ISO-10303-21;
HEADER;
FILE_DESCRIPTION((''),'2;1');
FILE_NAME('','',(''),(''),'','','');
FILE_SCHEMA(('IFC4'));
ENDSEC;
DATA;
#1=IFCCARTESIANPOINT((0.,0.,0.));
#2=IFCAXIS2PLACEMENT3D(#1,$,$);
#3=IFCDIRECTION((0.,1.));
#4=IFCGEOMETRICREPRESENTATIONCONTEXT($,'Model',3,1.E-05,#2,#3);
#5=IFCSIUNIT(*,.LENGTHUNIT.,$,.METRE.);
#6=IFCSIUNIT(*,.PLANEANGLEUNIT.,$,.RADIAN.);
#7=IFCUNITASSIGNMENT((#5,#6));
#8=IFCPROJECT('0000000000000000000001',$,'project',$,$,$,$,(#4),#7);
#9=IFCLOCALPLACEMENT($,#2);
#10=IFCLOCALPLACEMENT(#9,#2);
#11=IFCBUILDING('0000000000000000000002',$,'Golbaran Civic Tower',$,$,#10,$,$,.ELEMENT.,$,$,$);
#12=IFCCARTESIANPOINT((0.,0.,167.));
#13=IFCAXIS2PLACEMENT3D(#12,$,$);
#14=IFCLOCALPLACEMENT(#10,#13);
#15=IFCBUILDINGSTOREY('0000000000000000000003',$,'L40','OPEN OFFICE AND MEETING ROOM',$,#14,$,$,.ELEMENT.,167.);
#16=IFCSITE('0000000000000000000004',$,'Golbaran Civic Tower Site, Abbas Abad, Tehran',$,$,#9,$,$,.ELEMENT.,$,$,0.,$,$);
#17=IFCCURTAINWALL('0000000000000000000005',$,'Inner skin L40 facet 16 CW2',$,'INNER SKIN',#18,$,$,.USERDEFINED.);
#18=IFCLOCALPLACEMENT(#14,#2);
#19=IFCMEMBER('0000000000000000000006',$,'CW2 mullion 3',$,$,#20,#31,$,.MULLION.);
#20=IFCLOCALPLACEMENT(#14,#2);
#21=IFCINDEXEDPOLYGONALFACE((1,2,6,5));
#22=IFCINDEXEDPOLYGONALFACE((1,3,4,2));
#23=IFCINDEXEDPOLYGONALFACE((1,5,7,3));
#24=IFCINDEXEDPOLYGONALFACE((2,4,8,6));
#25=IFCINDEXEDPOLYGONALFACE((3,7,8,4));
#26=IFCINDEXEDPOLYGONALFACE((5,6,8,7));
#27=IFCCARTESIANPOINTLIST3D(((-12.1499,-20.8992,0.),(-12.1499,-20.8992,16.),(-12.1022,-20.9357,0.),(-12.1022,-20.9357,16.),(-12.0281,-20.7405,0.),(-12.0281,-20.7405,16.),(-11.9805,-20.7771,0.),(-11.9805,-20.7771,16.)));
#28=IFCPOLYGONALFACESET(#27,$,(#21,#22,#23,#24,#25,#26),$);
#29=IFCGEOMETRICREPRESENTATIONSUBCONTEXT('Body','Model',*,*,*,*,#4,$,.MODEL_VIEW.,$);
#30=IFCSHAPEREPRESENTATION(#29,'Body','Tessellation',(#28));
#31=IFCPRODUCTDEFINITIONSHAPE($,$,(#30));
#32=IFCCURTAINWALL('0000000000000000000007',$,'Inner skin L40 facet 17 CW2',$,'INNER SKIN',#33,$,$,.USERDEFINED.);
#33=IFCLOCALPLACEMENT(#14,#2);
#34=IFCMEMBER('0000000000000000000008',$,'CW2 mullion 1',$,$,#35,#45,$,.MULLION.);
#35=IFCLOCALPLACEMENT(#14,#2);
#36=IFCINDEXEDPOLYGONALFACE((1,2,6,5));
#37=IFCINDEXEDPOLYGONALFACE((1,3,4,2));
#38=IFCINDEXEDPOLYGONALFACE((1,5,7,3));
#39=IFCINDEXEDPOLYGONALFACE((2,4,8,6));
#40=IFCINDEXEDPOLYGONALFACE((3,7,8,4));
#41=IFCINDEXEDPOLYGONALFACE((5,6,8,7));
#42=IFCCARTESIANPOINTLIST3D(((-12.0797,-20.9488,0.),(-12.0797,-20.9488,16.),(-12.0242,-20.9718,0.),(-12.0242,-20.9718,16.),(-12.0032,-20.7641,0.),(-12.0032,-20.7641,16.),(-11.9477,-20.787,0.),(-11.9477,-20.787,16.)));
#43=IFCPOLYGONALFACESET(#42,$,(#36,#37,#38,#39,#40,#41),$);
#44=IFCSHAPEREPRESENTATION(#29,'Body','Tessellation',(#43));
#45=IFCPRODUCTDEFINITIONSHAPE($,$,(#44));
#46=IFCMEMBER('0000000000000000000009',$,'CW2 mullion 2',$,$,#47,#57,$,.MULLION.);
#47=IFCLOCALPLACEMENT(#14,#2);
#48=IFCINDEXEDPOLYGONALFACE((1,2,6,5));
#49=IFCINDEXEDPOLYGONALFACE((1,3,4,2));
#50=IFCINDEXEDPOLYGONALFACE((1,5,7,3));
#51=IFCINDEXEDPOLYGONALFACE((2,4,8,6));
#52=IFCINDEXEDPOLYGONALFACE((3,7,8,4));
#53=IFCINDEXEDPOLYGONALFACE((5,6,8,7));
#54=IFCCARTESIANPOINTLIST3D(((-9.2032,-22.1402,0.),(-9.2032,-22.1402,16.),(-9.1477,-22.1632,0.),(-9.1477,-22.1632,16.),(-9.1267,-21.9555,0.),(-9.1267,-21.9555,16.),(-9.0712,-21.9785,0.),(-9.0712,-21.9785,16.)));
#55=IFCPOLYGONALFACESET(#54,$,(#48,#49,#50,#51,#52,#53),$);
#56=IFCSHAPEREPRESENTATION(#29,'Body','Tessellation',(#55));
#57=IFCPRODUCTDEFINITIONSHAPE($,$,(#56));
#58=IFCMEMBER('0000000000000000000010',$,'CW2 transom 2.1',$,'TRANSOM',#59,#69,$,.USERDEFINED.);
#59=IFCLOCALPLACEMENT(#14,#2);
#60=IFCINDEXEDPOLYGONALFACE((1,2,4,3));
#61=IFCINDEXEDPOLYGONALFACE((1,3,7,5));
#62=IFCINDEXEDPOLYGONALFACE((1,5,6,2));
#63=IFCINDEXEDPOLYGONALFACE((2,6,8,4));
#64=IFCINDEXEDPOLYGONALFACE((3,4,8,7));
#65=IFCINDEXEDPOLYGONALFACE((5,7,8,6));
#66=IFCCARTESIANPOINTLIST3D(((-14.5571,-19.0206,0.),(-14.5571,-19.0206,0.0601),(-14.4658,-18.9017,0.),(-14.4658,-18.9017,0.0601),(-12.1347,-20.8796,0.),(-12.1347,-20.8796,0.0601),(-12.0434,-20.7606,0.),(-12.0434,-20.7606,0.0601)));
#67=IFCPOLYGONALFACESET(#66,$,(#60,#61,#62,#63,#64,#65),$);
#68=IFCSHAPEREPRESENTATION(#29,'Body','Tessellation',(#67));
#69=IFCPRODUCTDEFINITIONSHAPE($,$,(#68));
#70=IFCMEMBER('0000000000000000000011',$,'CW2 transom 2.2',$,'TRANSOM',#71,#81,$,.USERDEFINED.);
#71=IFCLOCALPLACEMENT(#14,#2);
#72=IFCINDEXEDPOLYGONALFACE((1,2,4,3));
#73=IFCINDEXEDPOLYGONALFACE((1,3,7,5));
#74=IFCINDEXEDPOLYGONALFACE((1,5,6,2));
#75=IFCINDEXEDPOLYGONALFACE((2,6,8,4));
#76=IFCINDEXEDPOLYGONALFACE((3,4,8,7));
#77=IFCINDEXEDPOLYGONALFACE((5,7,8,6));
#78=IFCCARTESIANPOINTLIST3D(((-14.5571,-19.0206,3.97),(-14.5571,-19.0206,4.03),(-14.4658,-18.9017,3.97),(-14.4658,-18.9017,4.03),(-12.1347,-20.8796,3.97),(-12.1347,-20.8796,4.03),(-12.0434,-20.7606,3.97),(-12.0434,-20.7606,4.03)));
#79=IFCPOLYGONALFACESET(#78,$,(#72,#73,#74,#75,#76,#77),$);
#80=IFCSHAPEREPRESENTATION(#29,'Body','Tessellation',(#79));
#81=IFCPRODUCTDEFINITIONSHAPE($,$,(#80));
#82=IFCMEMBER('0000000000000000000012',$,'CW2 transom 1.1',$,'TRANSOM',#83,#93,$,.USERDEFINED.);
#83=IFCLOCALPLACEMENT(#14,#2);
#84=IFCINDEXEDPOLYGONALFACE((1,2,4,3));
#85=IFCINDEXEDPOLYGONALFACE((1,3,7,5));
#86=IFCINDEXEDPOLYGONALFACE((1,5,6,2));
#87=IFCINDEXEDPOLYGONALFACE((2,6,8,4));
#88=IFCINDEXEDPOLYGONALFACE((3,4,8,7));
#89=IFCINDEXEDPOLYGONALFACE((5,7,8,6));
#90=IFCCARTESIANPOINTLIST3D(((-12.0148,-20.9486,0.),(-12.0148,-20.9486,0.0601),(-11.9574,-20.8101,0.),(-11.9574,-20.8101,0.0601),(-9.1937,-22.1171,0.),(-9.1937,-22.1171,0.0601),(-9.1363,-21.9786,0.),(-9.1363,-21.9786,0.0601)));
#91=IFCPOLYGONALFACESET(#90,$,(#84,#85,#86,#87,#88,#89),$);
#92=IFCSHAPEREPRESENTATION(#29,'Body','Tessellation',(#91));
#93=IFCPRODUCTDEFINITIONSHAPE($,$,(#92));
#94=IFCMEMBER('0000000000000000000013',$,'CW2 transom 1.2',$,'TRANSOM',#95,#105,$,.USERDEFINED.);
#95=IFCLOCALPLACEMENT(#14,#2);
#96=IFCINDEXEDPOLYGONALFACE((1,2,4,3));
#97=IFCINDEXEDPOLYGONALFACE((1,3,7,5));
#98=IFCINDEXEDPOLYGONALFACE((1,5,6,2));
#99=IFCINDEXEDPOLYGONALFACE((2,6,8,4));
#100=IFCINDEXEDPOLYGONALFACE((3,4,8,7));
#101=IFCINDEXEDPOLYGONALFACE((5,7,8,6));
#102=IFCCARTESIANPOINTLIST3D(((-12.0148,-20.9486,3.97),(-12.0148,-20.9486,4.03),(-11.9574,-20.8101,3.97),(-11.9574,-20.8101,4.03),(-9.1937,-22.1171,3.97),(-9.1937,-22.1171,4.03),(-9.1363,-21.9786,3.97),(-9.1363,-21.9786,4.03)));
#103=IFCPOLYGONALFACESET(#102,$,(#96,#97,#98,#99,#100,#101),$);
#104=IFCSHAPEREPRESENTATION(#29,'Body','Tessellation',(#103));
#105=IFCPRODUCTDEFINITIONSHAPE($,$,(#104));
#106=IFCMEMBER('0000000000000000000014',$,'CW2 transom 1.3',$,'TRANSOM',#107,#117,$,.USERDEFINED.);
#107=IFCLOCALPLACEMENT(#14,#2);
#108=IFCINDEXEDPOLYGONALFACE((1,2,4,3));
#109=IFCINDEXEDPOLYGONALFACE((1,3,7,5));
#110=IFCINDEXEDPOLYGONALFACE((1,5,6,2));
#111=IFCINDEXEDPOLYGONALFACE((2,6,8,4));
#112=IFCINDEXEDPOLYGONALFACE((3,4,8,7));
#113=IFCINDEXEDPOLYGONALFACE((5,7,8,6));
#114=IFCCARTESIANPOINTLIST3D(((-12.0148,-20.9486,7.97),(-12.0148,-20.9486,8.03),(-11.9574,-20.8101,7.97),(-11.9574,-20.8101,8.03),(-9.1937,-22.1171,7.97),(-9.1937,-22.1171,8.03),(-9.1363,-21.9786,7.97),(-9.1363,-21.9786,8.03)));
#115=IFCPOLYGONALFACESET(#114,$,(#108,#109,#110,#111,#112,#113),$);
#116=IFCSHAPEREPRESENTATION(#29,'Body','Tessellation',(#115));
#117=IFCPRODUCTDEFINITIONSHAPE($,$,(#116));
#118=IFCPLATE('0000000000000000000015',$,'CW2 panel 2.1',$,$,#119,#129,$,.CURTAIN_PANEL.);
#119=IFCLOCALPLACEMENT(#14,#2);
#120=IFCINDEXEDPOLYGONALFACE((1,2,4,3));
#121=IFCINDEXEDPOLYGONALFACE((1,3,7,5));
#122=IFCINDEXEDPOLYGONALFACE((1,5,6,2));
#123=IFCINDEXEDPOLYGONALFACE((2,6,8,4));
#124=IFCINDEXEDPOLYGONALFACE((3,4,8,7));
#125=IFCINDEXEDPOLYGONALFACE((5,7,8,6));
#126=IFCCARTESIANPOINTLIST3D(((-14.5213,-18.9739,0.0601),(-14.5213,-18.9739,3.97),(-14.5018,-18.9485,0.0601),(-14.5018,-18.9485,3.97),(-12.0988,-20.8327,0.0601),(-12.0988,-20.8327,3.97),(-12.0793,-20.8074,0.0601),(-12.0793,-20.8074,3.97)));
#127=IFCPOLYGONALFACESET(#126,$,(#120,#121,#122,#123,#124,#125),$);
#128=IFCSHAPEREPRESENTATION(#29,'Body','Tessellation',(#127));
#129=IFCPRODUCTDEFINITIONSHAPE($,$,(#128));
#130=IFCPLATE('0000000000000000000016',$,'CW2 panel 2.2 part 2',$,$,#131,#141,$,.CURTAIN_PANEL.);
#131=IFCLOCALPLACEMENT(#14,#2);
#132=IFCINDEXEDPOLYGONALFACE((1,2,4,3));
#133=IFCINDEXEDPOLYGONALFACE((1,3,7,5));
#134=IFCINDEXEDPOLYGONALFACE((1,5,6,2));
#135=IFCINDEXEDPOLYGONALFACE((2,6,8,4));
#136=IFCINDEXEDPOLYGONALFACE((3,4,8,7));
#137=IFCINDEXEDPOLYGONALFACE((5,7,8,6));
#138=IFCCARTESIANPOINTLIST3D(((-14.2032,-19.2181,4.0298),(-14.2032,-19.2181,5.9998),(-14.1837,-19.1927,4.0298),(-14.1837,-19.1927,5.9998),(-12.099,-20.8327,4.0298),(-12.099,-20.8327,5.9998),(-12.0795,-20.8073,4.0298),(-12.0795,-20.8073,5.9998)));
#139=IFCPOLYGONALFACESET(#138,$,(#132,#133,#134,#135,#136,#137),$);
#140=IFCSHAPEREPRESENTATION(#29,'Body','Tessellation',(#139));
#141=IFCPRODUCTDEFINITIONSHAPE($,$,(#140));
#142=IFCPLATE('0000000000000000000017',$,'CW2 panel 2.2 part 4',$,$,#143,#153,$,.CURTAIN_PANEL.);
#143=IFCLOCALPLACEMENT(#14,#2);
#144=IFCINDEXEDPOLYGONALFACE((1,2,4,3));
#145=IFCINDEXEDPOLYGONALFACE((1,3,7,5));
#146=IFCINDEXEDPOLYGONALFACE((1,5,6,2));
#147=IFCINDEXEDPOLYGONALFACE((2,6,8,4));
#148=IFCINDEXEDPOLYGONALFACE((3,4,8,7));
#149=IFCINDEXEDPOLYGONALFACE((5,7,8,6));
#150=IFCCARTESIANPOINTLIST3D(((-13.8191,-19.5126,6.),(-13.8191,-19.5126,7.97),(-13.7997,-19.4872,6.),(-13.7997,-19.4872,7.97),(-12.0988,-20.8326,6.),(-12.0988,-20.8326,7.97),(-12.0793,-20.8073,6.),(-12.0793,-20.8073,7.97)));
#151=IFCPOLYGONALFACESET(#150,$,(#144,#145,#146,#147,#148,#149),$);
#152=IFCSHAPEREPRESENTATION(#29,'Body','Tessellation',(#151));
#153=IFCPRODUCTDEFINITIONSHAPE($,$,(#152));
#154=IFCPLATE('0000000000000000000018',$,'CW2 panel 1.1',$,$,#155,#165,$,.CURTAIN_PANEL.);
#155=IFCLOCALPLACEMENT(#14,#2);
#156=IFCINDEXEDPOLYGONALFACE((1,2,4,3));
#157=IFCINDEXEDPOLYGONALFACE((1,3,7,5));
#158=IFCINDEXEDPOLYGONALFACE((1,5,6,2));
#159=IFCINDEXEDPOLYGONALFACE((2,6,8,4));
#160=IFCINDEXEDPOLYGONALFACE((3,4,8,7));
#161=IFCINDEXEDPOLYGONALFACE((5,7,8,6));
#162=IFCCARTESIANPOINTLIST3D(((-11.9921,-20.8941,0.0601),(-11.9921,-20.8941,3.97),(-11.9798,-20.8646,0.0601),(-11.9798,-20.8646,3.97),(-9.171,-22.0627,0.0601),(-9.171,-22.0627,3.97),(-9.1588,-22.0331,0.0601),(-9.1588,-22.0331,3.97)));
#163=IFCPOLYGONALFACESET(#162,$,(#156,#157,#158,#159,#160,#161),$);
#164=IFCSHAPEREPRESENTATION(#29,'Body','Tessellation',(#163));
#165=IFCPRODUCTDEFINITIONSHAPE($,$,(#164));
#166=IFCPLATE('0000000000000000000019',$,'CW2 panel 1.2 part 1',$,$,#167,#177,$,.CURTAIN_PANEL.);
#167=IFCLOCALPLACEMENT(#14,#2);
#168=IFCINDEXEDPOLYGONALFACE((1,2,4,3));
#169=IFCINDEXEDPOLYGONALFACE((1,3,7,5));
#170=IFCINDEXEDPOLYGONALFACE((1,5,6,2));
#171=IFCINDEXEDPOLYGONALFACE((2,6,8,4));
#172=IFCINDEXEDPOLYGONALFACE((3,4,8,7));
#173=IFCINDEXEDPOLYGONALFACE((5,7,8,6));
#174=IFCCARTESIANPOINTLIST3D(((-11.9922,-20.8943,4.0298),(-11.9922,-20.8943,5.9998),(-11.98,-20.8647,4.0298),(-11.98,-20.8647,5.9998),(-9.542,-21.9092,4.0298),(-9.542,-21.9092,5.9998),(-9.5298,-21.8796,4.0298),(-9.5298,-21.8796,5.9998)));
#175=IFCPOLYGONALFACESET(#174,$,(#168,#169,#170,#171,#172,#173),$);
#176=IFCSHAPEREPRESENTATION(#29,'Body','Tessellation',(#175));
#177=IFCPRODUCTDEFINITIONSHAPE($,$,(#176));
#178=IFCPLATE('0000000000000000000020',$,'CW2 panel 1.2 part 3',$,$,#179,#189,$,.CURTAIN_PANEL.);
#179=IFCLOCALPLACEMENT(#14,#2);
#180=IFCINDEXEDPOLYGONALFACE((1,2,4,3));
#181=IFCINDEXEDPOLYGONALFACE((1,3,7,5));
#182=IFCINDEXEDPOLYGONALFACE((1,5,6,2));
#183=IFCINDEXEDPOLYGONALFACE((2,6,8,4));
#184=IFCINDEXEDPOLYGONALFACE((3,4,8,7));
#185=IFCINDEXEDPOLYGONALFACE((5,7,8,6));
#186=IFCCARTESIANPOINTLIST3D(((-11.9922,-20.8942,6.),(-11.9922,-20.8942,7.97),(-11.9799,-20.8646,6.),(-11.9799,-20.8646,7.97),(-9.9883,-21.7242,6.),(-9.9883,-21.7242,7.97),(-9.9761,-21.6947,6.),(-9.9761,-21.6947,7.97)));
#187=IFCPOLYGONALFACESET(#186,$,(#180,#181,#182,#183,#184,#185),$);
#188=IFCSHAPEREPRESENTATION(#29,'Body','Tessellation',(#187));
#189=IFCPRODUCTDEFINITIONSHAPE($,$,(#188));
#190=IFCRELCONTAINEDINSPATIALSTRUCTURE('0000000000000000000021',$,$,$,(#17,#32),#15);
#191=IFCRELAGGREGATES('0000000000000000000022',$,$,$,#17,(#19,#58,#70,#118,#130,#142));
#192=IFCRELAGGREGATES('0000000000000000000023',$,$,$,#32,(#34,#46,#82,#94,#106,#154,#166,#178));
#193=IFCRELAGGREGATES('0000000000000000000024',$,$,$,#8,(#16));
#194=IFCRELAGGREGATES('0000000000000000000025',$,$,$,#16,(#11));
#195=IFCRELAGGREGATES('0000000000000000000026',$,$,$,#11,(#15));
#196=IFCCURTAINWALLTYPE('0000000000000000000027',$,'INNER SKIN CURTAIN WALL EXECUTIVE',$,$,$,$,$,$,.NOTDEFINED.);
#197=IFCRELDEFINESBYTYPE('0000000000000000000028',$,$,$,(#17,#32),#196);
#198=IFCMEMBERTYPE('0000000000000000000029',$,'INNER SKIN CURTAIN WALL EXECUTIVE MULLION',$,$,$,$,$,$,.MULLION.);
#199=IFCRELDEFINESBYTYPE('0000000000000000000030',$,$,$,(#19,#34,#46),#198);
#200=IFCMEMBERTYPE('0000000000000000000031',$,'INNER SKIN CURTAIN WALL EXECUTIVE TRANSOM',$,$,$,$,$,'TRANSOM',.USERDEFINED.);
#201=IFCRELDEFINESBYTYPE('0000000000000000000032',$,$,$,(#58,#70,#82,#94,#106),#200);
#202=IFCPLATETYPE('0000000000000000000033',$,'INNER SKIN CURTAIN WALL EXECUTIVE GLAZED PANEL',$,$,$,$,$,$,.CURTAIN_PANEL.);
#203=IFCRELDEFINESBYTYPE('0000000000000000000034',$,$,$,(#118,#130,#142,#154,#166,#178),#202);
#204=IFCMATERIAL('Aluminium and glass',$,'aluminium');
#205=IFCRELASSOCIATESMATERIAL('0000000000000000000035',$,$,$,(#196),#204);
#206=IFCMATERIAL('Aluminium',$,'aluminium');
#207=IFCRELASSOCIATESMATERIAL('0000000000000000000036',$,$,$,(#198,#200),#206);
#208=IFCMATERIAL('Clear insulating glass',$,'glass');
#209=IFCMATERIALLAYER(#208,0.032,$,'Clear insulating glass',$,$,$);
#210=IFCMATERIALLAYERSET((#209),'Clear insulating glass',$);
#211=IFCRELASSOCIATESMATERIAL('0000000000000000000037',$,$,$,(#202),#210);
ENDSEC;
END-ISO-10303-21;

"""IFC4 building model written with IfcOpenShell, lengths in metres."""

from ifc_helpers import new_model, si_unit, direction, frame, origin, origin_2d, place, context, subcontext, project, spatial, rectangle, extrude, material, layer, layer_set, material_profile, profile_set, type_object, element, aggregate, save


model = new_model("IFC4")

# Units and contexts
model_context = context("Model", 3, precision=1e-05, world=origin(), true_north=direction((0.0, 1.0)))
body_context = subcontext(model_context, "Body", "Model", "MODEL_VIEW")
ifc_project = project(units=[si_unit("LENGTHUNIT", "METRE"), si_unit("PLANEANGLEUNIT", "RADIAN")], contexts=[model_context])

# Site, building, storey
site_placement = place(None, origin())
site = spatial("IfcSite", under=ifc_project, at=site_placement, Name="Golbaran Civic Tower Site, Abbas Abad, Tehran", CompositionType="ELEMENT", RefElevation=0.0)
building_placement = place(site_placement, origin())
building = spatial("IfcBuilding", under=site, at=building_placement, Name="Golbaran Civic Tower", CompositionType="ELEMENT")
storey_placement = place(building_placement, frame((0.0, 0.0, 167.0)))
storey = spatial("IfcBuildingStorey", under=building, at=storey_placement, Name="L40", Description="OPEN OFFICE AND MEETING ROOM", CompositionType="ELEMENT", Elevation=167.0)

# Curtain wall, member
ifc_material_1 = material(Name="Aluminium and glass", Category="aluminium")
curtain_wall_type_1 = type_object("IfcCurtainWallType", Name="INNER SKIN CURTAIN WALL EXECUTIVE", PredefinedType="NOTDEFINED", material=ifc_material_1)
curtain_wall_1_placement = place(storey_placement, origin())
curtain_wall_1 = element("IfcCurtainWall", 1, at=curtain_wall_1_placement, inside=storey, type_object=curtain_wall_type_1, Name="Inner skin L40 facet 16 CW2", ObjectType="INNER SKIN", PredefinedType="USERDEFINED")
ifc_material_2 = material(Name="Aluminium", Category="aluminium")
ifc_material_profile_1 = material_profile(ifc_material_2, rectangle(XDim=0.2, YDim=0.0601, at=origin_2d()), Name="INNER SKIN CURTAIN WALL EXECUTIVE MULLION")
ifc_profile_set_1 = profile_set([ifc_material_profile_1], Name="Aluminium")
member_type_1 = type_object("IfcMemberType", Name="INNER SKIN CURTAIN WALL EXECUTIVE MULLION", PredefinedType="MULLION", material=ifc_profile_set_1)
member_1_placement = place(storey_placement, frame((-12.0652, -20.8381, 0.0), z_axis=(0.0, 0.0, 1.0), x_axis=(0.608761, 0.793353, 0.0)))
member_1 = element("IfcMember", 2, at=member_1_placement, type_object=member_type_1, Name="CW2 mullion 3", PredefinedType="MULLION", context=body_context, shape_type="SweptSolid", body=[
    extrude(rectangle(XDim=0.2, YDim=0.0601, at=origin_2d()), origin(), (0.0, 0.0, 1.0), 16.0),
])

# Curtain wall, members
curtain_wall_2_placement = place(storey_placement, origin())
curtain_wall_2 = element("IfcCurtainWall", 3, at=curtain_wall_2_placement, inside=storey, type_object=curtain_wall_type_1, Name="Inner skin L40 facet 17 CW2", ObjectType="INNER SKIN", PredefinedType="USERDEFINED")
member_2_placement = place(storey_placement, frame((-12.0137, -20.8679, 0.0), z_axis=(0.0, 0.0, 1.0), x_axis=(0.382683, 0.92388, 0.0)))
member_2 = element("IfcMember", 4, at=member_2_placement, type_object=member_type_1, Name="CW2 mullion 1", PredefinedType="MULLION", context=body_context, shape_type="SweptSolid", body=[
    extrude(rectangle(XDim=0.2, YDim=0.0601, at=origin_2d()), origin(), (0.0, 0.0, 1.0), 16.0),
])
member_3_placement = place(storey_placement, frame((-9.1372, -22.0593, 0.0), z_axis=(0.0, 0.0, 1.0), x_axis=(0.382683, 0.92388, 0.0)))
member_3 = element("IfcMember", 5, at=member_3_placement, type_object=member_type_1, Name="CW2 mullion 2", PredefinedType="MULLION", context=body_context, shape_type="SweptSolid", body=[
    extrude(rectangle(XDim=0.2, YDim=0.0601, at=origin_2d()), origin(), (0.0, 0.0, 1.0), 16.0),
])

# Members
ifc_material_profile_2 = material_profile(ifc_material_2, rectangle(XDim=0.1499, YDim=0.0601, at=origin_2d()), Name="INNER SKIN CURTAIN WALL EXECUTIVE TRANSOM")
ifc_profile_set_2 = profile_set([ifc_material_profile_2], Name="Aluminium")
member_type_2 = type_object("IfcMemberType", Name="INNER SKIN CURTAIN WALL EXECUTIVE TRANSOM", ElementType="TRANSOM", PredefinedType="USERDEFINED", material=ifc_profile_set_2)
member_4_placement = place(storey_placement, frame((-14.5115, -18.9612, 0.03), z_axis=(0.793331, -0.608791, 0.0), x_axis=(0.608791, 0.793331, 0.0)))
member_4 = element("IfcMember", 6, at=member_4_placement, type_object=member_type_2, Name="CW2 transom 2.1", ObjectType="TRANSOM", PredefinedType="USERDEFINED", context=body_context, shape_type="SweptSolid", body=[
    extrude(rectangle(XDim=0.1499, YDim=0.0601, at=origin_2d()), origin(), (0.0, 0.0, 1.0), 3.0535),
])
member_5_placement = place(storey_placement, frame((-14.5115, -18.9612, 4.0), z_axis=(0.793331, -0.608791, 0.0), x_axis=(0.608791, 0.793331, 0.0)))
member_5 = element("IfcMember", 7, at=member_5_placement, type_object=member_type_2, Name="CW2 transom 2.2", ObjectType="TRANSOM", PredefinedType="USERDEFINED", context=body_context, shape_type="SweptSolid", body=[
    extrude(rectangle(XDim=0.1499, YDim=0.0601, at=origin_2d()), origin(), (0.0, 0.0, 1.0), 3.0535),
])
member_6_placement = place(storey_placement, frame((-11.9861, -20.8794, 0.03), z_axis=(0.923886, -0.382667, 0.0), x_axis=(0.382667, 0.923886, 0.0)))
member_6 = element("IfcMember", 8, at=member_6_placement, type_object=member_type_2, Name="CW2 transom 1.1", ObjectType="TRANSOM", PredefinedType="USERDEFINED", context=body_context, shape_type="SweptSolid", body=[
    extrude(rectangle(XDim=0.1499, YDim=0.0601, at=origin_2d()), origin(), (0.0, 0.0, 1.0), 3.0535),
])
member_7_placement = place(storey_placement, frame((-11.9861, -20.8794, 4.0), z_axis=(0.923886, -0.382667, 0.0), x_axis=(0.382667, 0.923886, 0.0)))
member_7 = element("IfcMember", 9, at=member_7_placement, type_object=member_type_2, Name="CW2 transom 1.2", ObjectType="TRANSOM", PredefinedType="USERDEFINED", context=body_context, shape_type="SweptSolid", body=[
    extrude(rectangle(XDim=0.1499, YDim=0.0601, at=origin_2d()), origin(), (0.0, 0.0, 1.0), 3.0535),
])
member_8_placement = place(storey_placement, frame((-11.9861, -20.8794, 8.0), z_axis=(0.923886, -0.382667, 0.0), x_axis=(0.382667, 0.923886, 0.0)))
member_8 = element("IfcMember", 10, at=member_8_placement, type_object=member_type_2, Name="CW2 transom 1.3", ObjectType="TRANSOM", PredefinedType="USERDEFINED", context=body_context, shape_type="SweptSolid", body=[
    extrude(rectangle(XDim=0.1499, YDim=0.0601, at=origin_2d()), origin(), (0.0, 0.0, 1.0), 3.0535),
])

# Plates
ifc_material_3 = material(Name="Clear insulating glass", Category="glass")
ifc_layer_1 = layer(ifc_material_3, 0.032, Name="Clear insulating glass")
ifc_layer_set_1 = layer_set([ifc_layer_1], Name="Clear insulating glass")
plate_type_1 = type_object("IfcPlateType", Name="INNER SKIN CURTAIN WALL EXECUTIVE GLAZED PANEL", PredefinedType="CURTAIN_PANEL", material=ifc_layer_set_1)
plate_1_placement = place(storey_placement, frame((-13.3003, -19.8906, 0.0601), z_axis=(0.0, 0.0, 1.0), x_axis=(0.793353, -0.608761, 0.0)))
plate_1 = element("IfcPlate", 11, at=plate_1_placement, type_object=plate_type_1, Name="CW2 panel 2.1", PredefinedType="CURTAIN_PANEL", context=body_context, shape_type="SweptSolid", body=[
    extrude(rectangle(XDim=3.0535, YDim=0.032, at=origin_2d()), origin(), (0.0, 0.0, 1.0), 3.9099),
])
plate_2_placement = place(storey_placement, frame((-13.1414, -20.0127, 4.0298), z_axis=(0.0, 0.0, 1.0), x_axis=(0.793353, -0.608761, 0.0)))
plate_2 = element("IfcPlate", 12, at=plate_2_placement, type_object=plate_type_1, Name="CW2 panel 2.2 part 2", PredefinedType="CURTAIN_PANEL", context=body_context, shape_type="SweptSolid", body=[
    extrude(rectangle(XDim=2.6523, YDim=0.032, at=origin_2d()), origin(), (0.0, 0.0, 1.0), 1.97),
])
plate_3_placement = place(storey_placement, frame((-12.9492, -20.1599, 6.0), z_axis=(0.0, 0.0, 1.0), x_axis=(0.793353, -0.608761, 0.0)))
plate_3 = element("IfcPlate", 13, at=plate_3_placement, type_object=plate_type_1, Name="CW2 panel 2.2 part 4", PredefinedType="CURTAIN_PANEL", context=body_context, shape_type="SweptSolid", body=[
    extrude(rectangle(XDim=2.1685, YDim=0.032, at=origin_2d()), origin(), (0.0, 0.0, 1.0), 1.97),
])
plate_4_placement = place(storey_placement, frame((-10.5754, -21.4636, 0.0601), z_axis=(0.0, 0.0, 1.0), x_axis=(0.92388, -0.382683, 0.0)))
plate_4 = element("IfcPlate", 14, at=plate_4_placement, type_object=plate_type_1, Name="CW2 panel 1.1", PredefinedType="CURTAIN_PANEL", context=body_context, shape_type="SweptSolid", body=[
    extrude(rectangle(XDim=3.0535, YDim=0.032, at=origin_2d()), origin(), (0.0, 0.0, 1.0), 3.9099),
])
plate_5_placement = place(storey_placement, frame((-10.761, -21.387, 4.0298), z_axis=(0.0, 0.0, 1.0), x_axis=(0.92388, -0.382683, 0.0)))
plate_5 = element("IfcPlate", 15, at=plate_5_placement, type_object=plate_type_1, Name="CW2 panel 1.2 part 1", PredefinedType="CURTAIN_PANEL", context=body_context, shape_type="SweptSolid", body=[
    extrude(rectangle(XDim=2.6521, YDim=0.032, at=origin_2d()), origin(), (0.0, 0.0, 1.0), 1.97),
])
plate_6_placement = place(storey_placement, frame((-10.9841, -21.2944, 6.0), z_axis=(0.0, 0.0, 1.0), x_axis=(0.92388, -0.382683, 0.0)))
plate_6 = element("IfcPlate", 16, at=plate_6_placement, type_object=plate_type_1, Name="CW2 panel 1.2 part 3", PredefinedType="CURTAIN_PANEL", context=body_context, shape_type="SweptSolid", body=[
    extrude(rectangle(XDim=2.1689, YDim=0.032, at=origin_2d()), origin(), (0.0, 0.0, 1.0), 1.97),
])
aggregate(curtain_wall_1, [member_1, member_4, member_5, plate_1, plate_2, plate_3])
aggregate(curtain_wall_2, [member_2, member_3, member_6, member_7, member_8, plate_4, plate_5, plate_6])

save(model, "model.ifc")
